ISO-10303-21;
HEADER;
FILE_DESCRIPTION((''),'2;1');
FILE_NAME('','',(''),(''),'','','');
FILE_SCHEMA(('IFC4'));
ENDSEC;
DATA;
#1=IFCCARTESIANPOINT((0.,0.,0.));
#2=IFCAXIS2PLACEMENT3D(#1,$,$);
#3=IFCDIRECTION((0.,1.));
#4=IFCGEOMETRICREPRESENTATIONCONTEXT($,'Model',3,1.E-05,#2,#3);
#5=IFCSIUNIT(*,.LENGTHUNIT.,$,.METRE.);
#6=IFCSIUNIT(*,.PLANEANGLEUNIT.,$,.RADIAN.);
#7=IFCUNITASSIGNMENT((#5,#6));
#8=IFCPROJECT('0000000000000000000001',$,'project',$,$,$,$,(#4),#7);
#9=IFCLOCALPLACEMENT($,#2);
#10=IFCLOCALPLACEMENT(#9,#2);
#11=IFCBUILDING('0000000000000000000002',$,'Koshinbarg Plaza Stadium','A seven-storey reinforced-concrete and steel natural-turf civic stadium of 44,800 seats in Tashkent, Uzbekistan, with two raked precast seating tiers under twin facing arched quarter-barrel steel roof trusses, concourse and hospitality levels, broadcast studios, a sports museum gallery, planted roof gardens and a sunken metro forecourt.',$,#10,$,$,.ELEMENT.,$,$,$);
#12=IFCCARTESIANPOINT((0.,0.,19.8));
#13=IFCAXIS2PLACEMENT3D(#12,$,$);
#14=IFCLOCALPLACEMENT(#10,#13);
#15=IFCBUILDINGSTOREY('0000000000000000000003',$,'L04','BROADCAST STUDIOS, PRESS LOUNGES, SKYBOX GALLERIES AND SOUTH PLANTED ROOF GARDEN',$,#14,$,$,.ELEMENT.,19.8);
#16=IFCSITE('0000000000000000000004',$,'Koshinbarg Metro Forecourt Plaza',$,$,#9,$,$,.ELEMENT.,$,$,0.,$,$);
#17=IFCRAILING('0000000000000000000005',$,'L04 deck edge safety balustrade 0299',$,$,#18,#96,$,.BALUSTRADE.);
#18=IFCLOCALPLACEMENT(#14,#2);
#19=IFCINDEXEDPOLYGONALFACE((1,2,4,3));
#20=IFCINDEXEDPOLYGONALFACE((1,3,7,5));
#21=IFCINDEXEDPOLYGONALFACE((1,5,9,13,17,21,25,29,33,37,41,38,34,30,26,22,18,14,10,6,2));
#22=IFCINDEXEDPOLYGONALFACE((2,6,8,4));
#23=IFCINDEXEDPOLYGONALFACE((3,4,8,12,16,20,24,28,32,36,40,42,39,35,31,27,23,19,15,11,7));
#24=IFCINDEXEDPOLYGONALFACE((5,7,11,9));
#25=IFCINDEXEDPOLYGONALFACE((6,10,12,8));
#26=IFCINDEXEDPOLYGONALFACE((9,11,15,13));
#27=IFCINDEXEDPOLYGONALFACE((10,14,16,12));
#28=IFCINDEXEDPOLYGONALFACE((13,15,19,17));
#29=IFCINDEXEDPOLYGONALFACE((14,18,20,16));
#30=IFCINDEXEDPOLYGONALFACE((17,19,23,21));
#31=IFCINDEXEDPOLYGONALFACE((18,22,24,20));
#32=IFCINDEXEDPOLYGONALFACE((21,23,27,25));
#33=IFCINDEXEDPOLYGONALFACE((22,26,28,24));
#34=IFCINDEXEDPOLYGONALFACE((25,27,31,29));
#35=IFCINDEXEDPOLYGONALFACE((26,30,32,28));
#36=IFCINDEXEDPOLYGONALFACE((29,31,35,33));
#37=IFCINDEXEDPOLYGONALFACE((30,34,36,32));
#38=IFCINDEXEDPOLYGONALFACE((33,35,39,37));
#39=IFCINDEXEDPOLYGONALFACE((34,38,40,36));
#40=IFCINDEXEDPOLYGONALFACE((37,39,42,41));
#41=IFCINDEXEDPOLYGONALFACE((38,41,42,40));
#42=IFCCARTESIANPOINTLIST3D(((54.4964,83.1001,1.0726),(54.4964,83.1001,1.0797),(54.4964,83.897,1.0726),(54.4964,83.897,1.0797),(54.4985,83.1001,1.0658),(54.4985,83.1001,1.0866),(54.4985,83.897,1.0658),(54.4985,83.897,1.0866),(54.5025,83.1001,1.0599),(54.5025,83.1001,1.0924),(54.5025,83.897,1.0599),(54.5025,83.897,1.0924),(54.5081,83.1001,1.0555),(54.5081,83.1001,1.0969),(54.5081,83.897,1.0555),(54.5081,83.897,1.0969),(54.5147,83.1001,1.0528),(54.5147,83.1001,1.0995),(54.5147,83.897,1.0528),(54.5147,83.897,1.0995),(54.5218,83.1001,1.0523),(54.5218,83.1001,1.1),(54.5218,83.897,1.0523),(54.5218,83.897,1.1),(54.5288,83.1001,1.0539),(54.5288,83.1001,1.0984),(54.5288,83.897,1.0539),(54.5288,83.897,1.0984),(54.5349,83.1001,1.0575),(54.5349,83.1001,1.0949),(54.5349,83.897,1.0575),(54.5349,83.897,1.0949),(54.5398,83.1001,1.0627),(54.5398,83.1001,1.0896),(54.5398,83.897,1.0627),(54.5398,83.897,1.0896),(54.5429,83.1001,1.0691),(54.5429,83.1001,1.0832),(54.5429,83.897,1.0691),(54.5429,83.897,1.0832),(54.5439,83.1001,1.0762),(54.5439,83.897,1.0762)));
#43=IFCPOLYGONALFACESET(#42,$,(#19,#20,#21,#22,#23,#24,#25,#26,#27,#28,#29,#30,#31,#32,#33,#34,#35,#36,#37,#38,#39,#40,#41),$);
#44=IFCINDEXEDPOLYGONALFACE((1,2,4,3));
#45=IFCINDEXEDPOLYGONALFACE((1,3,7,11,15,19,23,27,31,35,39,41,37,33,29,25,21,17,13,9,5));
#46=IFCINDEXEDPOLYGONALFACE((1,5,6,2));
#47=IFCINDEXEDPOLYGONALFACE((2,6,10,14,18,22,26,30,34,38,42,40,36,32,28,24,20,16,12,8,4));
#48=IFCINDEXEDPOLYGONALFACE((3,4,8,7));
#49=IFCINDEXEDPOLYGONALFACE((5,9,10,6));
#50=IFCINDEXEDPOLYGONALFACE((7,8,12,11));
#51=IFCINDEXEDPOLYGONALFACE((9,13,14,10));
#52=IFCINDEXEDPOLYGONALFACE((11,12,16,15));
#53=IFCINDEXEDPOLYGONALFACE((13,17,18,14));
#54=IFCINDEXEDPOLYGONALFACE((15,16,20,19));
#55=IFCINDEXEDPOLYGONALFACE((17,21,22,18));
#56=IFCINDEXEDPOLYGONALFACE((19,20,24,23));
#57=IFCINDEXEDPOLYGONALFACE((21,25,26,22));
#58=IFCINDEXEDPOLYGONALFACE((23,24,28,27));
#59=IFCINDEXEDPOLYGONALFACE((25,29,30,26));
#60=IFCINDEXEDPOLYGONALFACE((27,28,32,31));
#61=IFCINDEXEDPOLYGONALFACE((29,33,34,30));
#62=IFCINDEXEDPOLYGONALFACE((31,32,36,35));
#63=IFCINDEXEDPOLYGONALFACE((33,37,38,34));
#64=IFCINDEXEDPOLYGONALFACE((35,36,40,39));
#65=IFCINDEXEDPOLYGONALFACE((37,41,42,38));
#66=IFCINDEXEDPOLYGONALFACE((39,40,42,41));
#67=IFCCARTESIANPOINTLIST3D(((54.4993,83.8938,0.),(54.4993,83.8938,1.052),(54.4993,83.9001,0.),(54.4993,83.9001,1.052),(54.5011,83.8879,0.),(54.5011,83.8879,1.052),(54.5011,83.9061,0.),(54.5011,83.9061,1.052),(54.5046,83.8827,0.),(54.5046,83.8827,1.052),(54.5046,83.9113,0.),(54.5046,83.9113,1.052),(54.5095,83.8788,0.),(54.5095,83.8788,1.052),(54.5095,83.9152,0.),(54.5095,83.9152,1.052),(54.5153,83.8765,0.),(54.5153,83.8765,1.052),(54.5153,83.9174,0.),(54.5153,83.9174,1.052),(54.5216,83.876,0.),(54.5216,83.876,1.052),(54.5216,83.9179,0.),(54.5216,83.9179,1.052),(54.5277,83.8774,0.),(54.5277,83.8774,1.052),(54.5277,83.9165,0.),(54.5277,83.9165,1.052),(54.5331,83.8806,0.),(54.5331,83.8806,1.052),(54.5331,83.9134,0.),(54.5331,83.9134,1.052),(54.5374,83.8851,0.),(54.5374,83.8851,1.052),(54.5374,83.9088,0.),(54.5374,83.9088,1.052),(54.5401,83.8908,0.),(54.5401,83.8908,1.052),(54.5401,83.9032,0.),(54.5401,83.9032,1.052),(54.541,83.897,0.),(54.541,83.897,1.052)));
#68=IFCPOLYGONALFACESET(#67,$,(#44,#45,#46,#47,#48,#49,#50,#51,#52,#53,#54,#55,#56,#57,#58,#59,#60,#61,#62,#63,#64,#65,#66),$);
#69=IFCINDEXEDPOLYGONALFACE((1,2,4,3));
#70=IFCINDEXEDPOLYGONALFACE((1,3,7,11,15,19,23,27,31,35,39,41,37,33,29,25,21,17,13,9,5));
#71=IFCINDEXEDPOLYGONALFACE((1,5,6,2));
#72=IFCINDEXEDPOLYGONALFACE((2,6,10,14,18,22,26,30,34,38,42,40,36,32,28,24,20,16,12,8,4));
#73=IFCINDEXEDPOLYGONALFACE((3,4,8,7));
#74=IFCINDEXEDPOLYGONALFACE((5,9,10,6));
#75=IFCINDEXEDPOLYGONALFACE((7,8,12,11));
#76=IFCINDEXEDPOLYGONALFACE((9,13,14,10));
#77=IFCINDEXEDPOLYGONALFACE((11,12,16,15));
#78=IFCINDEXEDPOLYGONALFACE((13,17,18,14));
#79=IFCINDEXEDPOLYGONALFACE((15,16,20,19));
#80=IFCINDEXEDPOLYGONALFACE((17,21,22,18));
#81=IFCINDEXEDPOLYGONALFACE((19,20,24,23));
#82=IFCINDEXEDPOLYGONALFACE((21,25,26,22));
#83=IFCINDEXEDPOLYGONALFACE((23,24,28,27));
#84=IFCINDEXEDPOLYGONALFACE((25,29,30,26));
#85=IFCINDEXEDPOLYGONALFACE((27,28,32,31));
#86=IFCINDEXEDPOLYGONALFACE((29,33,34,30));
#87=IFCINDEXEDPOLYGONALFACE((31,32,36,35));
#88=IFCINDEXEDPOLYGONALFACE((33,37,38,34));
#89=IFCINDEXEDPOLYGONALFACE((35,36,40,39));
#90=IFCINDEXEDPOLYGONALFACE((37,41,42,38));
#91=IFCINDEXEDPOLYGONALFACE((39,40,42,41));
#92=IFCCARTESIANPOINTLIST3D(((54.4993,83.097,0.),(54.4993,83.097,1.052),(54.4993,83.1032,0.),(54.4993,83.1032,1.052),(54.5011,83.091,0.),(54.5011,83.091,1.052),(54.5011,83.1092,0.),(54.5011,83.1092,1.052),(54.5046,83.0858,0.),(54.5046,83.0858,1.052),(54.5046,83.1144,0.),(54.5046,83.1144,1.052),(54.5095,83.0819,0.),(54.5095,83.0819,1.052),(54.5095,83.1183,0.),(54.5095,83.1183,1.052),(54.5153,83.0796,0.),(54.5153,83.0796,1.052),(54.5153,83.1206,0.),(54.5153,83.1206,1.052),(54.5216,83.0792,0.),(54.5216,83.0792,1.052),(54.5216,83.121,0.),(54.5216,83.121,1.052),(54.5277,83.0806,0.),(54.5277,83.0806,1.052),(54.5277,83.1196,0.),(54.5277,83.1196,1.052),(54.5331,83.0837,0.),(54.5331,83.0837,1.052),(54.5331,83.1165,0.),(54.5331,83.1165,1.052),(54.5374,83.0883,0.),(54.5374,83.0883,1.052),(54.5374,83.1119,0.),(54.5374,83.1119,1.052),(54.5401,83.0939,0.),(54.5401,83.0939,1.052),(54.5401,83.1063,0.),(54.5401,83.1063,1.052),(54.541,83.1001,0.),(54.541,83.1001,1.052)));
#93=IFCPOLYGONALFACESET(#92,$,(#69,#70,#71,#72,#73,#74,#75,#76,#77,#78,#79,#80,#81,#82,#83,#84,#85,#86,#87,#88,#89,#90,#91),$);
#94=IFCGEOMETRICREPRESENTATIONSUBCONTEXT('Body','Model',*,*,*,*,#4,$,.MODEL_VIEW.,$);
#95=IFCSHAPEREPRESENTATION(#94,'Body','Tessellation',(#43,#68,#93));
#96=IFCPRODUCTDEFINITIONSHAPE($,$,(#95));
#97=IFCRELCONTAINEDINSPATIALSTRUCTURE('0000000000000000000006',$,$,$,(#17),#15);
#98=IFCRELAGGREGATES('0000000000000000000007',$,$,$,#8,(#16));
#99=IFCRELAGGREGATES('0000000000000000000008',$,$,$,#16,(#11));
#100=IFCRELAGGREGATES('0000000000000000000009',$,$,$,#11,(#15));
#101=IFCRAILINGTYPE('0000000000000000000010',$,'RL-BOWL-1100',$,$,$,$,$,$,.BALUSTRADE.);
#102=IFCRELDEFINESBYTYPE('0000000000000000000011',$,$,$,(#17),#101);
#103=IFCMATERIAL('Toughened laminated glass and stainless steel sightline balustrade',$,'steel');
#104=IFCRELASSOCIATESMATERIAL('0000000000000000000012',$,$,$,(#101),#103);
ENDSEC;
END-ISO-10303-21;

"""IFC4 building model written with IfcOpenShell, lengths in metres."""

from ifc_helpers import new_model, si_unit, direction, frame, origin, origin_2d, place, context, subcontext, project, spatial, circle, extrude, material, type_object, element, save


model = new_model("IFC4")

# Units and contexts
model_context = context("Model", 3, precision=1e-05, world=origin(), true_north=direction((0.0, 1.0)))
body_context = subcontext(model_context, "Body", "Model", "MODEL_VIEW")
ifc_project = project(units=[si_unit("LENGTHUNIT", "METRE"), si_unit("PLANEANGLEUNIT", "RADIAN")], contexts=[model_context])

# Site, building, storey
site_placement = place(None, origin())
site = spatial("IfcSite", under=ifc_project, at=site_placement, Name="Koshinbarg Metro Forecourt Plaza", CompositionType="ELEMENT", RefElevation=0.0)
building_placement = place(site_placement, origin())
building = spatial("IfcBuilding", under=site, at=building_placement, Name="Koshinbarg Plaza Stadium", Description="A seven-storey reinforced-concrete and steel natural-turf civic stadium of 44,800 seats in Tashkent, Uzbekistan, with two raked precast seating tiers under twin facing arched quarter-barrel steel roof trusses, concourse and hospitality levels, broadcast studios, a sports museum gallery, planted roof gardens and a sunken metro forecourt.", CompositionType="ELEMENT")
storey_placement = place(building_placement, frame((0.0, 0.0, 19.8)))
storey = spatial("IfcBuildingStorey", under=building, at=storey_placement, Name="L04", Description="BROADCAST STUDIOS, PRESS LOUNGES, SKYBOX GALLERIES AND SOUTH PLANTED ROOF GARDEN", CompositionType="ELEMENT", Elevation=19.8)

# Railing
ifc_material_1 = material(Name="Toughened laminated glass and stainless steel sightline balustrade", Category="steel")
railing_type = type_object("IfcRailingType", Name="RL-BOWL-1100", PredefinedType="BALUSTRADE", material=ifc_material_1)
railing_1_placement = place(storey_placement, frame((54.52, 83.897, 0.0)))
element("IfcRailing", 1, at=railing_1_placement, inside=storey, type_object=railing_type, Name="L04 deck edge safety balustrade 0299", PredefinedType="BALUSTRADE", context=body_context, shape_type="SweptSolid", body=[
    extrude(circle(Radius=0.0239, at=origin_2d()), frame((0.0, 0.0, 1.0762), z_axis=(0.0, -1.0, 0.0), x_axis=(1.0, 0.0, 0.0)), (0.0, 0.0, 1.0), 0.7969),
    extrude(circle(Radius=0.021, at=origin_2d()), origin(), (0.0, 0.0, 1.0), 1.052),
    extrude(circle(Radius=0.021, at=origin_2d()), frame((0.0, -0.7969, 0.0)), (0.0, 0.0, 1.0), 1.052),
])

save(model, "model.ifc")
